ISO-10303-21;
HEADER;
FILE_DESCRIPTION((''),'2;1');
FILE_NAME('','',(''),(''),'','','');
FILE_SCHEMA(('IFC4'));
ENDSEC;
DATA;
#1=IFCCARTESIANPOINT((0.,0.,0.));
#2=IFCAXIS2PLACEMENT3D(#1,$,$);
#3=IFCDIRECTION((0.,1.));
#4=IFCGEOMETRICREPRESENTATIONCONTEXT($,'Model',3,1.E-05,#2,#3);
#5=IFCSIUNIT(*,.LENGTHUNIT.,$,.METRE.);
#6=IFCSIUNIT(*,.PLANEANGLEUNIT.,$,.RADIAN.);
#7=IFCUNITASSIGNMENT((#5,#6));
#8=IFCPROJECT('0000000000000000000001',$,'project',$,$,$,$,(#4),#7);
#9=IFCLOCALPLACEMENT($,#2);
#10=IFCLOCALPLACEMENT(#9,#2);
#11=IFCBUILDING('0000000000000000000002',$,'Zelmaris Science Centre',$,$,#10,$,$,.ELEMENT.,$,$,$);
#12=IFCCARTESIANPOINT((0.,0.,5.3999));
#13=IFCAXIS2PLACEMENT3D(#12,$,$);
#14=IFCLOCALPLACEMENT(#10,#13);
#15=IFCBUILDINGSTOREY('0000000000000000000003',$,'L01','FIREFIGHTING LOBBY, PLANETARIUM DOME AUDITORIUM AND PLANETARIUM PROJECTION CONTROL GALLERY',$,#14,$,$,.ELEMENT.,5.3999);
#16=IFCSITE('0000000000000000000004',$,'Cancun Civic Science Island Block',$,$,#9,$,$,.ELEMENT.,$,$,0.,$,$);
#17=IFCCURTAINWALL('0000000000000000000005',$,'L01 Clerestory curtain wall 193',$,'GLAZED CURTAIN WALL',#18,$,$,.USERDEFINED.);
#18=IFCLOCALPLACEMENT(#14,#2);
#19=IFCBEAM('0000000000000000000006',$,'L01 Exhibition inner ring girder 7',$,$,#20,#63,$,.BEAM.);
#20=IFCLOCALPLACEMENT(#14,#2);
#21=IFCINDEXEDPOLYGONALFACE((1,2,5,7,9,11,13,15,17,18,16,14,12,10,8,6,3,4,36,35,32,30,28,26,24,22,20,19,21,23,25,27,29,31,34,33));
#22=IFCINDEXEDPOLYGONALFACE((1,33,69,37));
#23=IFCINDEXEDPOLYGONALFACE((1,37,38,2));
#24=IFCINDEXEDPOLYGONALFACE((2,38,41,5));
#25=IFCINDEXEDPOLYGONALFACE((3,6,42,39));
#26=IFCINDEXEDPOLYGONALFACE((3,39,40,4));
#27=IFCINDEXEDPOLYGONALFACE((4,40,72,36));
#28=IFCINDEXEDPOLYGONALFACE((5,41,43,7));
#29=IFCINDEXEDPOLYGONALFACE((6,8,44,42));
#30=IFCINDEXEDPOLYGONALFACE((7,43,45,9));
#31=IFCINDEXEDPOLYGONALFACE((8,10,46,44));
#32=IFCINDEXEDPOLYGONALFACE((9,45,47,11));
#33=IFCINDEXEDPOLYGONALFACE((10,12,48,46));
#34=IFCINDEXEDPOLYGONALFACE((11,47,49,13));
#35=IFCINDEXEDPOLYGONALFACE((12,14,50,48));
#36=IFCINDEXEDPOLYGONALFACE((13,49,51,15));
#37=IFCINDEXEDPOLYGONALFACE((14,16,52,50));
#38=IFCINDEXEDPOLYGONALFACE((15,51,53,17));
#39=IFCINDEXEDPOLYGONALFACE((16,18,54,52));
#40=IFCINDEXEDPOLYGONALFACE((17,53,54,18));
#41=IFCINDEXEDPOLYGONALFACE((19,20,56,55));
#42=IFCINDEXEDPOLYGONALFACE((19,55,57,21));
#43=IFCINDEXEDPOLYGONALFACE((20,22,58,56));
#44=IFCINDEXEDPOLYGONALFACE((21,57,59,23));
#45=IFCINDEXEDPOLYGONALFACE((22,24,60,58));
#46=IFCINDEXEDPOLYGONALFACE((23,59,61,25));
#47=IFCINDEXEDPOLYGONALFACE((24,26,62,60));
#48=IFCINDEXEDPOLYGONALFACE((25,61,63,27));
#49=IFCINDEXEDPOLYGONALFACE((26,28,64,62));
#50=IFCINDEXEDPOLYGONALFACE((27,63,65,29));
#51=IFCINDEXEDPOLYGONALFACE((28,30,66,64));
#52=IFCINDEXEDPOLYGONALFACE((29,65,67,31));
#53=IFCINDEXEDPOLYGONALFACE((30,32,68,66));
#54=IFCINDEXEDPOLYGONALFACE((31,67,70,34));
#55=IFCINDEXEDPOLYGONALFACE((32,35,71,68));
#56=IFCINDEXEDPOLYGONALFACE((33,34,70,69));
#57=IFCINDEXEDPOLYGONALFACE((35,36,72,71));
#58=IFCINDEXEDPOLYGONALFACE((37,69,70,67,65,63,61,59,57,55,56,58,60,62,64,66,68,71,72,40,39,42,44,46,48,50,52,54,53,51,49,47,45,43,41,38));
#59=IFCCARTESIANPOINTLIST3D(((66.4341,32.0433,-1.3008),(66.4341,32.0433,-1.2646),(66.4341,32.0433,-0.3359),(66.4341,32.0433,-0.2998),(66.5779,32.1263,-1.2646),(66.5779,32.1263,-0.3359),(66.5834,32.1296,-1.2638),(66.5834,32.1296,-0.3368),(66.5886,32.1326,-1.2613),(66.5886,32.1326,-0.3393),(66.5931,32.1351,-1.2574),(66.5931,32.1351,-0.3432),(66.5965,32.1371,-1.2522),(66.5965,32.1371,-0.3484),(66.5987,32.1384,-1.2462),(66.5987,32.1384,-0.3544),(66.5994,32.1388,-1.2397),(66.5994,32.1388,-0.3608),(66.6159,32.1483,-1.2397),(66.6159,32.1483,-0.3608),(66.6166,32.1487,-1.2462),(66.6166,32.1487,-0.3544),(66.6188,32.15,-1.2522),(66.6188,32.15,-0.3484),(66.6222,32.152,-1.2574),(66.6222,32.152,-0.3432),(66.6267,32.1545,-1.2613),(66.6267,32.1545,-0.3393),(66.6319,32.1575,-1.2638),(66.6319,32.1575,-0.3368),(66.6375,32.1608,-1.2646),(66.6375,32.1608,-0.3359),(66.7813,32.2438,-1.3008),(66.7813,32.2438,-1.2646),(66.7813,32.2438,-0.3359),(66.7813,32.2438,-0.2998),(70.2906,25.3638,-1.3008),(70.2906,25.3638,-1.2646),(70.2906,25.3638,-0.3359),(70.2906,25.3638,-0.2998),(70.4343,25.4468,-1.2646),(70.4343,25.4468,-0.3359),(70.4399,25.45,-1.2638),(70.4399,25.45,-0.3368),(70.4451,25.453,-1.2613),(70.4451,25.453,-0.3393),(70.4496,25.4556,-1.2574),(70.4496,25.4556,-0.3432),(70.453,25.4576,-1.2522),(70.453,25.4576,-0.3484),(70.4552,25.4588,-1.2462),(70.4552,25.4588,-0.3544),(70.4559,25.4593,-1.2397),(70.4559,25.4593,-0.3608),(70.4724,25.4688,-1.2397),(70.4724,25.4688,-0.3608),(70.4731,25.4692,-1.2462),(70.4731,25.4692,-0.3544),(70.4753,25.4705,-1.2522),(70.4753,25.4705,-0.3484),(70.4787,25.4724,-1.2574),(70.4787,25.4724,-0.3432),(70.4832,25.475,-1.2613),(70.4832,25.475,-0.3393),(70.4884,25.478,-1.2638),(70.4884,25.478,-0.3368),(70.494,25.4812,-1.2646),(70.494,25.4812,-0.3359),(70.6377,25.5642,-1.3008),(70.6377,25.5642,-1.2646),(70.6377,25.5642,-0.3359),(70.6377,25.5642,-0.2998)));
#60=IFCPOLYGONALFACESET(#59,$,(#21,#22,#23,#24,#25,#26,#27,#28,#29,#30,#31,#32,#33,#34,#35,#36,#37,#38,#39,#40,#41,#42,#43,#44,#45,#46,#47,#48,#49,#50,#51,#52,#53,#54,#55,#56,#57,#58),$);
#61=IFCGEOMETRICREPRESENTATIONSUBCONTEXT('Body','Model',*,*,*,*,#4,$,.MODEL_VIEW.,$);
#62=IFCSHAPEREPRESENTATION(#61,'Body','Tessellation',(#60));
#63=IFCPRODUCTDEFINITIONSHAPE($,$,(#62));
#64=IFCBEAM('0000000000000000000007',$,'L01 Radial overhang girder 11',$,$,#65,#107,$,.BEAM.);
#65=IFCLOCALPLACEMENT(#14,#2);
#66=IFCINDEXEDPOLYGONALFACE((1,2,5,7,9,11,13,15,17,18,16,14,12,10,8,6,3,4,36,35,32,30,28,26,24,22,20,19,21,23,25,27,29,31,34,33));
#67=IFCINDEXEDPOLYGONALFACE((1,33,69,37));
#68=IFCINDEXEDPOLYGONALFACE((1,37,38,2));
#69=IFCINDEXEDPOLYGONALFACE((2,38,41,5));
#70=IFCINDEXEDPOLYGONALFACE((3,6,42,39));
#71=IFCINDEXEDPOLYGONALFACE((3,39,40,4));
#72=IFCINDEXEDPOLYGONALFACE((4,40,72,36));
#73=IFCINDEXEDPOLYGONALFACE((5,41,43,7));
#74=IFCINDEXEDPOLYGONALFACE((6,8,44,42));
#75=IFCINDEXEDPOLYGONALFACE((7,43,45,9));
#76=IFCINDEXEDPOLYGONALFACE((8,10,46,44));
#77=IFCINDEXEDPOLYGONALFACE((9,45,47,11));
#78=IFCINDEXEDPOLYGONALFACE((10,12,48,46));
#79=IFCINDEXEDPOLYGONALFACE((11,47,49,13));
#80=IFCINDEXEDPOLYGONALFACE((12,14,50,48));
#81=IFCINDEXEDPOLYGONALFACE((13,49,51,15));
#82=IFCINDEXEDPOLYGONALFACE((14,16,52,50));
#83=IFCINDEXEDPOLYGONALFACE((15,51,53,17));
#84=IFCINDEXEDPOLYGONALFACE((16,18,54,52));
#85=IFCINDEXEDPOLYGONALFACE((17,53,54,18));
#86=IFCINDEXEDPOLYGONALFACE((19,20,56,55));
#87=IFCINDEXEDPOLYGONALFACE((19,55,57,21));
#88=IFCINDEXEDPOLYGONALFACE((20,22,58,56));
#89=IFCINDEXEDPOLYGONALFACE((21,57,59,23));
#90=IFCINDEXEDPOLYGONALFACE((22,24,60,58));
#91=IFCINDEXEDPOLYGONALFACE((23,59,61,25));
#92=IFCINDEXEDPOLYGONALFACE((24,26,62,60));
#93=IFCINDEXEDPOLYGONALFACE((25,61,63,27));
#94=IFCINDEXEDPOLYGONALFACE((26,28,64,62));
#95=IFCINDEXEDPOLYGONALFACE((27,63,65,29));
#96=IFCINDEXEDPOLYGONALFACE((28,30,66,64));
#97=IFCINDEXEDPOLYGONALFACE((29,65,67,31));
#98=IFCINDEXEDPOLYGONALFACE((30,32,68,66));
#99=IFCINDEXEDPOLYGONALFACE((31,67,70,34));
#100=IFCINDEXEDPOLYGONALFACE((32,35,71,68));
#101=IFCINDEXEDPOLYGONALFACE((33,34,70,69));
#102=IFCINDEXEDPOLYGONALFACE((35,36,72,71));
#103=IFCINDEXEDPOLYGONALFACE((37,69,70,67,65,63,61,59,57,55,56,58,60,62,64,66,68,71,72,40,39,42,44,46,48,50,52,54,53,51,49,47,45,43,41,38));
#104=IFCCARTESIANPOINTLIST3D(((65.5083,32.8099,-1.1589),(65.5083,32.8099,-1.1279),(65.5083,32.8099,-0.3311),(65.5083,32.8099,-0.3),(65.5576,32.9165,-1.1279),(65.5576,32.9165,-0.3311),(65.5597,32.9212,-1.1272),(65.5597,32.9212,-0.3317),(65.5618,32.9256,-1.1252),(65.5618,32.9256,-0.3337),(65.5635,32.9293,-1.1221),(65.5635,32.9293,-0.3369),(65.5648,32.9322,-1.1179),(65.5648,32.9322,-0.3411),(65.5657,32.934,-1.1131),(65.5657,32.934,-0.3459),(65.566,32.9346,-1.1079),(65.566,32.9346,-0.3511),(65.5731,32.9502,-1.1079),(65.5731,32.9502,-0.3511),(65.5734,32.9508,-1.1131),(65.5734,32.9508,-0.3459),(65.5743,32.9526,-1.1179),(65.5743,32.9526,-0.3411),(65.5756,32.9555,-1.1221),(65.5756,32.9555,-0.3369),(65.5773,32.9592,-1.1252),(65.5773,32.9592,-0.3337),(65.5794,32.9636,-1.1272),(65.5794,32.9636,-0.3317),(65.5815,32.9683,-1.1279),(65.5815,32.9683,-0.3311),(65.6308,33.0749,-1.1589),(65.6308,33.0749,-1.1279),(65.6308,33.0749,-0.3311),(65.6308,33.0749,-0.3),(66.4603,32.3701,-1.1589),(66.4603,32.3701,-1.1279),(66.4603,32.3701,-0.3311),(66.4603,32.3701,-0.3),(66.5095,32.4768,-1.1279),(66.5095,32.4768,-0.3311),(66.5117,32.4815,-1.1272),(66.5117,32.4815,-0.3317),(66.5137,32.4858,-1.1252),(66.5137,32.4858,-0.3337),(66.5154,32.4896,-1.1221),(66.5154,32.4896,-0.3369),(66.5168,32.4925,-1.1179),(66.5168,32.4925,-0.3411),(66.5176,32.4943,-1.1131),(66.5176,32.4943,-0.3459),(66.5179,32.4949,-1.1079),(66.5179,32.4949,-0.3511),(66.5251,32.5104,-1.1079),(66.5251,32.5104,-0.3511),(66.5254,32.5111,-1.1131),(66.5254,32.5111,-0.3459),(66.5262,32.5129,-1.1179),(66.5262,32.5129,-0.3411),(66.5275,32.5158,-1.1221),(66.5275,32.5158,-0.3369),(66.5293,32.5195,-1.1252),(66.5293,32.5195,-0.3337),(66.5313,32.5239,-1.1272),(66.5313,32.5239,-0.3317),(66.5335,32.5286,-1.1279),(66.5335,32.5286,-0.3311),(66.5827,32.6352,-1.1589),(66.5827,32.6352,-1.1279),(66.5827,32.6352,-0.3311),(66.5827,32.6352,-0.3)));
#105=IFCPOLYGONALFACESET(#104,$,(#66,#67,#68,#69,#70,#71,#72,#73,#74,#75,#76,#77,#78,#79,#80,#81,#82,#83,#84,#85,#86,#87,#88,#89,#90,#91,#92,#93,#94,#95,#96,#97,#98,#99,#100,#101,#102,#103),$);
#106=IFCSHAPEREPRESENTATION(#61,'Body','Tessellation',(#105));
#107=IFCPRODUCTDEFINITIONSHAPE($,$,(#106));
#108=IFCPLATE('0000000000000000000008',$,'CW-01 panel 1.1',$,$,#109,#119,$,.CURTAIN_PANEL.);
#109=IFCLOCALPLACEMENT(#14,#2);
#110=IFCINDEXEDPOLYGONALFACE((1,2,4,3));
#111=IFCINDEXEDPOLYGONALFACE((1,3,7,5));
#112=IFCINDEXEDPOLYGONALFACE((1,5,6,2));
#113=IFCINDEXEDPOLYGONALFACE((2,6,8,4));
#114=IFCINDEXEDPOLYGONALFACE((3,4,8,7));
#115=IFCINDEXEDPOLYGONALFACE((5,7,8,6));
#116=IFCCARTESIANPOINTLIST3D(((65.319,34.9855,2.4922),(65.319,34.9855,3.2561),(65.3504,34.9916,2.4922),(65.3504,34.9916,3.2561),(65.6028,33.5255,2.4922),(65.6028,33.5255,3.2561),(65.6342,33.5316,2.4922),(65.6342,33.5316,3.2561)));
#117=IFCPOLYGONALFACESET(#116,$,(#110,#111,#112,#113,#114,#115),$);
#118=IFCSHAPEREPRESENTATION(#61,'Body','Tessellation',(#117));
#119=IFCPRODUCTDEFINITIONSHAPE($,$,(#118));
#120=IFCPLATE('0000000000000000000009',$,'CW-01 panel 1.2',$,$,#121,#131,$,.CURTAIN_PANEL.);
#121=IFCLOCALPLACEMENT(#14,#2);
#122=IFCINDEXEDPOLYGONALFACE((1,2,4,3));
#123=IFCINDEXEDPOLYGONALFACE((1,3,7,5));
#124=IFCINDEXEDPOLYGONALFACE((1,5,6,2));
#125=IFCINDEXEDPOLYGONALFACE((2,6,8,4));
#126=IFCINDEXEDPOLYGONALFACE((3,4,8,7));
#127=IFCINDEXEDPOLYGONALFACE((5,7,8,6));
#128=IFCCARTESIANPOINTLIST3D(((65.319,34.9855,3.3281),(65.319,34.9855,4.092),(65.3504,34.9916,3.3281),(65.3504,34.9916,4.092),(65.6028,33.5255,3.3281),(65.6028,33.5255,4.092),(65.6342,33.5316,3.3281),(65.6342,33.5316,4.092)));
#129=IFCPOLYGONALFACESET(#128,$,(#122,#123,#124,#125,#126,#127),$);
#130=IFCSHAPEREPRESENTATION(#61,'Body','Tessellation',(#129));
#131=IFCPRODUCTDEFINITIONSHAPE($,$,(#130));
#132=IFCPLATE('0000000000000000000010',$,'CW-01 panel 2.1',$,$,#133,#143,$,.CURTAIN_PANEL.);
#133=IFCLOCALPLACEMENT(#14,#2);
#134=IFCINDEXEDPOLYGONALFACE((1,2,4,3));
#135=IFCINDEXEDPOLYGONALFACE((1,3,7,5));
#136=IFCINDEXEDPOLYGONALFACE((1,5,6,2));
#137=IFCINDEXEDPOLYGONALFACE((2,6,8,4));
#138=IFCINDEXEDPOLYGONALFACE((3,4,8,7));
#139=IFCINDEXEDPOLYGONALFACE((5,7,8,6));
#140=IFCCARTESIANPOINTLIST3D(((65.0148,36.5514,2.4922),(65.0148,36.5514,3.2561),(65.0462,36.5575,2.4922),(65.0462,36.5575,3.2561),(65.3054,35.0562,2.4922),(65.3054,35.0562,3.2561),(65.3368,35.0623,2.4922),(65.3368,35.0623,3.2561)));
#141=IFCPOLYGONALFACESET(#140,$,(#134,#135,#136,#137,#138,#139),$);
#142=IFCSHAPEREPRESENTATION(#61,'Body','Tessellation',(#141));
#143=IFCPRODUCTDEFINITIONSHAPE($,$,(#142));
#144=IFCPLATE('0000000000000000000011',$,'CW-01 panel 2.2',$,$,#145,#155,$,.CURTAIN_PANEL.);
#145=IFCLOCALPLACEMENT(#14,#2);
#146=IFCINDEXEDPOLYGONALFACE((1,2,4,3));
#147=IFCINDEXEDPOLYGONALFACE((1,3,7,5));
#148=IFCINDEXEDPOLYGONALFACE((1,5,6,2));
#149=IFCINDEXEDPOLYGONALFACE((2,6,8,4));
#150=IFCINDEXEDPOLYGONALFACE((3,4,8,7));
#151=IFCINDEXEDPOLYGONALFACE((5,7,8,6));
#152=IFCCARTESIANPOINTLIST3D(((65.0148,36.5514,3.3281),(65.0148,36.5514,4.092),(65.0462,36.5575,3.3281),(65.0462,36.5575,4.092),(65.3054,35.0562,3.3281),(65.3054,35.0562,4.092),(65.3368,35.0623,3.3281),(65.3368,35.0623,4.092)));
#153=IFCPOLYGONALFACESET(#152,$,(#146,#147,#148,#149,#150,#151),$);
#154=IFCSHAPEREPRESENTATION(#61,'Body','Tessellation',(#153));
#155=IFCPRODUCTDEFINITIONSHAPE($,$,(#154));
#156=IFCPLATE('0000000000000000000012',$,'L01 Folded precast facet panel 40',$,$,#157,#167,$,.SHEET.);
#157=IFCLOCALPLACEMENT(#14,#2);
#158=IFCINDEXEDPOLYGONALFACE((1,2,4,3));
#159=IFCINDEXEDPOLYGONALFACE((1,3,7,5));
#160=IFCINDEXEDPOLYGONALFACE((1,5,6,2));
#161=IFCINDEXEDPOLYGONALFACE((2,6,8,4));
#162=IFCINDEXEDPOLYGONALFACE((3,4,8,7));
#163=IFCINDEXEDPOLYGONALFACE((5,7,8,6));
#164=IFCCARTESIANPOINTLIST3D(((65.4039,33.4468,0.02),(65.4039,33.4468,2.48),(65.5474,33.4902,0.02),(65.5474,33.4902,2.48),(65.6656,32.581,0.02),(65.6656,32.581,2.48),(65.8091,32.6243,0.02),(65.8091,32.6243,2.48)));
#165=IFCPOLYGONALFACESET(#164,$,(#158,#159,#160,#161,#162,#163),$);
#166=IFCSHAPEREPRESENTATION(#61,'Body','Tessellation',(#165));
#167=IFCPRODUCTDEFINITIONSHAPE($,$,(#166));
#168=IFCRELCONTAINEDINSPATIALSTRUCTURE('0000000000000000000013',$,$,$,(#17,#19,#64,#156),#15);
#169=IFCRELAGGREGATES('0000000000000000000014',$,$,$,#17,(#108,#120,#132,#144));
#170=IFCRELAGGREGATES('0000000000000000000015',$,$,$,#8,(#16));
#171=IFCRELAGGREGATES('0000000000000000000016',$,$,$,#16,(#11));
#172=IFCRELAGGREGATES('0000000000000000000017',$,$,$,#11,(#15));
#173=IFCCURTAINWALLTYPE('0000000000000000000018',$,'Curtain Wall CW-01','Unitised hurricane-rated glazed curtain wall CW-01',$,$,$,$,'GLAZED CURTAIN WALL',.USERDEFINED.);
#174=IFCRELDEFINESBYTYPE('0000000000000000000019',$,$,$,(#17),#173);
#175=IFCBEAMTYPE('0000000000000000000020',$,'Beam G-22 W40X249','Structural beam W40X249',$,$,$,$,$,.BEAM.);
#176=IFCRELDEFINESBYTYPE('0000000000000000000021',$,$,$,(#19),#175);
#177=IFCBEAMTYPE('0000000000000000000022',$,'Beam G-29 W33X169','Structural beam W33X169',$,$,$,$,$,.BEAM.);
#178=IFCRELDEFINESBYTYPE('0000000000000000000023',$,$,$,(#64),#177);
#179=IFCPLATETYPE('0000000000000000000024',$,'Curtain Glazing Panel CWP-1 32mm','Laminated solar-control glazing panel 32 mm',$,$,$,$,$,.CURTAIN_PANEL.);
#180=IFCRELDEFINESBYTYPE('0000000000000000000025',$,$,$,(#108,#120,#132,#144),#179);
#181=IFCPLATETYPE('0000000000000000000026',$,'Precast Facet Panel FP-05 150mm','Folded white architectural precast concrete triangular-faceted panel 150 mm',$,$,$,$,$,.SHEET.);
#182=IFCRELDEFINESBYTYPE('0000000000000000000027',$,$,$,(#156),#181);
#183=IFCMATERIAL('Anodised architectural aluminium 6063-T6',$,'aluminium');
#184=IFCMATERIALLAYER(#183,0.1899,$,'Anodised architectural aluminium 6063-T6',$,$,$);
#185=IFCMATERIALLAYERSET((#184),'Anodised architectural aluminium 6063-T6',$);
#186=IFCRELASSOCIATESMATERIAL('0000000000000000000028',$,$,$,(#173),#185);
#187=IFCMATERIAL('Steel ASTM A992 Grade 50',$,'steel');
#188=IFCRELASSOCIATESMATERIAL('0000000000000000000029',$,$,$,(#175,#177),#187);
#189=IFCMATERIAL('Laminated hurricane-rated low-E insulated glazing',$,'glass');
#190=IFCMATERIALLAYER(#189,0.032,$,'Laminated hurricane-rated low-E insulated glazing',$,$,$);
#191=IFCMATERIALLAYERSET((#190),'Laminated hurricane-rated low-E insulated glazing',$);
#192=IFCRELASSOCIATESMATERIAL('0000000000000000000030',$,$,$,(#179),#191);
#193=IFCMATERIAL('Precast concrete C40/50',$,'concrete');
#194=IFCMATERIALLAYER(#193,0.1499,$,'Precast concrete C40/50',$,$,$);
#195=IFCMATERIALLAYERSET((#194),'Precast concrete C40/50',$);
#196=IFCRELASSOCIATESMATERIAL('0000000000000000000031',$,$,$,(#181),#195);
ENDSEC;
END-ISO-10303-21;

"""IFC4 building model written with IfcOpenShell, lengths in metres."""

from ifc_helpers import new_model, si_unit, direction, frame, frame_2d, origin, origin_2d, place, context, subcontext, project, spatial, rectangle, i_section, extrude, material, layer, layer_set, material_profile, profile_set, type_object, element, aggregate, save


model = new_model("IFC4")

# Units and contexts
model_context = context("Model", 3, precision=1e-05, world=origin(), true_north=direction((0.0, 1.0)))
body_context = subcontext(model_context, "Body", "Model", "MODEL_VIEW")
ifc_project = project(units=[si_unit("LENGTHUNIT", "METRE"), si_unit("PLANEANGLEUNIT", "RADIAN")], contexts=[model_context])

# Site, building, storey
site_placement = place(None, origin())
site = spatial("IfcSite", under=ifc_project, at=site_placement, Name="Cancun Civic Science Island Block", CompositionType="ELEMENT", RefElevation=0.0)
building_placement = place(site_placement, origin())
building = spatial("IfcBuilding", under=site, at=building_placement, Name="Zelmaris Science Centre", CompositionType="ELEMENT")
storey_placement = place(building_placement, frame((0.0, 0.0, 5.3999)))
storey = spatial("IfcBuildingStorey", under=building, at=storey_placement, Name="L01", Description="FIREFIGHTING LOBBY, PLANETARIUM DOME AUDITORIUM AND PLANETARIUM PROJECTION CONTROL GALLERY", CompositionType="ELEMENT", Elevation=5.3999)

# Shared definitions
ifc_material_1 = material(Name="Steel ASTM A992 Grade 50", Category="steel")

# Curtain wall
ifc_material_2 = material(Name="Anodised architectural aluminium 6063-T6", Category="aluminium")
ifc_layer_1 = layer(ifc_material_2, 0.1899, Name="Anodised architectural aluminium 6063-T6")
ifc_layer_set_1 = layer_set([ifc_layer_1], Name="Anodised architectural aluminium 6063-T6")
curtain_wall_type = type_object("IfcCurtainWallType", Name="Curtain Wall CW-01", Description="Unitised hurricane-rated glazed curtain wall CW-01", ElementType="GLAZED CURTAIN WALL", PredefinedType="USERDEFINED", material=ifc_layer_set_1)
curtain_wall_placement = place(storey_placement, origin())
curtain_wall = element("IfcCurtainWall", 1, at=curtain_wall_placement, inside=storey, type_object=curtain_wall_type, Name="L01 Clerestory curtain wall 193", ObjectType="GLAZED CURTAIN WALL", PredefinedType="USERDEFINED")

# Beams
ifc_material_profile_1 = material_profile(ifc_material_1, i_section(OverallWidth=0.4009, OverallDepth=1.001, WebThickness=0.019, FlangeThickness=0.0361, FilletRadius=0.0249, at=origin_2d()), Name="W40X249")
ifc_profile_set_1 = profile_set([ifc_material_profile_1], Name="Steel ASTM A992 Grade 50")
beam_type_1 = type_object("IfcBeamType", Name="Beam G-22 W40X249", Description="Structural beam W40X249", PredefinedType="BEAM", material=ifc_profile_set_1)
beam_1_placement = place(storey_placement, frame((66.6077, 32.1436, -0.8003), z_axis=(0.500007, -0.866022, 0.0), x_axis=(0.866022, 0.500007, 0.0)))
element("IfcBeam", 2, at=beam_1_placement, inside=storey, type_object=beam_type_1, Name="L01 Exhibition inner ring girder 7", PredefinedType="BEAM", context=body_context, shape_type="SweptSolid", body=[
    extrude(i_section(OverallWidth=0.4009, OverallDepth=1.001, WebThickness=0.019, FlangeThickness=0.0361, FilletRadius=0.0249, at=origin_2d()), origin(), (0.0, 0.0, 1.0), 7.7129),
])
ifc_material_profile_2 = material_profile(ifc_material_1, i_section(OverallWidth=0.292, OverallDepth=0.8589, WebThickness=0.0171, FlangeThickness=0.031, FilletRadius=0.02, at=origin_2d()), Name="W33X169")
ifc_profile_set_2 = profile_set([ifc_material_profile_2], Name="Steel ASTM A992 Grade 50")
beam_type_2 = type_object("IfcBeamType", Name="Beam G-29 W33X169", Description="Structural beam W33X169", PredefinedType="BEAM", material=ifc_profile_set_2)
beam_2_placement = place(storey_placement, frame((66.5215, 32.5027, -0.7295), z_axis=(-0.90783, 0.419339, 0.0), x_axis=(-0.419339, -0.90783, 0.0)))
element("IfcBeam", 3, at=beam_2_placement, inside=storey, type_object=beam_type_2, Name="L01 Radial overhang girder 11", PredefinedType="BEAM", context=body_context, shape_type="SweptSolid", body=[
    extrude(i_section(OverallWidth=0.292, OverallDepth=0.8589, WebThickness=0.0171, FlangeThickness=0.031, FilletRadius=0.02, at=origin_2d()), origin(), (0.0, 0.0, 1.0), 1.0486),
])

# Plates
ifc_material_3 = material(Name="Laminated hurricane-rated low-E insulated glazing", Category="glass")
ifc_layer_2 = layer(ifc_material_3, 0.032, Name="Laminated hurricane-rated low-E insulated glazing")
ifc_layer_set_2 = layer_set([ifc_layer_2], Name="Laminated hurricane-rated low-E insulated glazing")
plate_type_1 = type_object("IfcPlateType", Name="Curtain Glazing Panel CWP-1 32mm", Description="Laminated solar-control glazing panel 32 mm", PredefinedType="CURTAIN_PANEL", material=ifc_layer_set_2)
plate_1_placement = place(storey_placement, frame((65.4766, 34.2585, 2.4922), z_axis=(0.0, 0.0, 1.0), x_axis=(-0.190803, 0.981628, 0.0)))
plate_1 = element("IfcPlate", 4, at=plate_1_placement, type_object=plate_type_1, Name="CW-01 panel 1.1", PredefinedType="CURTAIN_PANEL", context=body_context, shape_type="SweptSolid", body=[
    extrude(rectangle(XDim=1.4873, YDim=0.032, at=origin_2d()), origin(), (0.0, 0.0, 1.0), 0.7639),
])
plate_2_placement = place(storey_placement, frame((65.4766, 34.2585, 3.3281), z_axis=(0.0, 0.0, 1.0), x_axis=(-0.190803, 0.981628, 0.0)))
plate_2 = element("IfcPlate", 5, at=plate_2_placement, type_object=plate_type_1, Name="CW-01 panel 1.2", PredefinedType="CURTAIN_PANEL", context=body_context, shape_type="SweptSolid", body=[
    extrude(rectangle(XDim=1.4873, YDim=0.032, at=origin_2d()), origin(), (0.0, 0.0, 1.0), 0.7639),
])
plate_3_placement = place(storey_placement, frame((65.1758, 35.8069, 2.4922), z_axis=(0.0, 0.0, 1.0), x_axis=(-0.190803, 0.981628, 0.0)))
plate_3 = element("IfcPlate", 6, at=plate_3_placement, type_object=plate_type_1, Name="CW-01 panel 2.1", PredefinedType="CURTAIN_PANEL", context=body_context, shape_type="SweptSolid", body=[
    extrude(rectangle(XDim=1.5232, YDim=0.032, at=origin_2d()), origin(), (0.0, 0.0, 1.0), 0.7639),
])
plate_4_placement = place(storey_placement, frame((65.1758, 35.8069, 3.3281), z_axis=(0.0, 0.0, 1.0), x_axis=(-0.190803, 0.981628, 0.0)))
plate_4 = element("IfcPlate", 7, at=plate_4_placement, type_object=plate_type_1, Name="CW-01 panel 2.2", PredefinedType="CURTAIN_PANEL", context=body_context, shape_type="SweptSolid", body=[
    extrude(rectangle(XDim=1.5232, YDim=0.032, at=origin_2d()), origin(), (0.0, 0.0, 1.0), 0.7639),
])
aggregate(curtain_wall, [plate_1, plate_2, plate_3, plate_4])
ifc_material_4 = material(Name="Precast concrete C40/50", Category="concrete")
ifc_layer_3 = layer(ifc_material_4, 0.1499, Name="Precast concrete C40/50")
ifc_layer_set_3 = layer_set([ifc_layer_3], Name="Precast concrete C40/50")
plate_type_2 = type_object("IfcPlateType", Name="Precast Facet Panel FP-05 150mm", Description="Folded white architectural precast concrete triangular-faceted panel 150 mm", PredefinedType="SHEET", material=ifc_layer_set_3)
plate_5_placement = place(storey_placement, frame((65.7373, 32.6028, 0.02), z_axis=(0.0, 0.0, 1.0), x_axis=(-0.289303, 0.957238, 0.0)))
element("IfcPlate", 8, at=plate_5_placement, inside=storey, type_object=plate_type_2, Name="L01 Folded precast facet panel 40", PredefinedType="SHEET", context=body_context, shape_type="SweptSolid", body=[
    extrude(rectangle(XDim=0.9045, YDim=0.1499, at=frame_2d((0.4521, 0.0))), origin(), (0.0, 0.0, 1.0), 2.46),
])

save(model, "model.ifc")
